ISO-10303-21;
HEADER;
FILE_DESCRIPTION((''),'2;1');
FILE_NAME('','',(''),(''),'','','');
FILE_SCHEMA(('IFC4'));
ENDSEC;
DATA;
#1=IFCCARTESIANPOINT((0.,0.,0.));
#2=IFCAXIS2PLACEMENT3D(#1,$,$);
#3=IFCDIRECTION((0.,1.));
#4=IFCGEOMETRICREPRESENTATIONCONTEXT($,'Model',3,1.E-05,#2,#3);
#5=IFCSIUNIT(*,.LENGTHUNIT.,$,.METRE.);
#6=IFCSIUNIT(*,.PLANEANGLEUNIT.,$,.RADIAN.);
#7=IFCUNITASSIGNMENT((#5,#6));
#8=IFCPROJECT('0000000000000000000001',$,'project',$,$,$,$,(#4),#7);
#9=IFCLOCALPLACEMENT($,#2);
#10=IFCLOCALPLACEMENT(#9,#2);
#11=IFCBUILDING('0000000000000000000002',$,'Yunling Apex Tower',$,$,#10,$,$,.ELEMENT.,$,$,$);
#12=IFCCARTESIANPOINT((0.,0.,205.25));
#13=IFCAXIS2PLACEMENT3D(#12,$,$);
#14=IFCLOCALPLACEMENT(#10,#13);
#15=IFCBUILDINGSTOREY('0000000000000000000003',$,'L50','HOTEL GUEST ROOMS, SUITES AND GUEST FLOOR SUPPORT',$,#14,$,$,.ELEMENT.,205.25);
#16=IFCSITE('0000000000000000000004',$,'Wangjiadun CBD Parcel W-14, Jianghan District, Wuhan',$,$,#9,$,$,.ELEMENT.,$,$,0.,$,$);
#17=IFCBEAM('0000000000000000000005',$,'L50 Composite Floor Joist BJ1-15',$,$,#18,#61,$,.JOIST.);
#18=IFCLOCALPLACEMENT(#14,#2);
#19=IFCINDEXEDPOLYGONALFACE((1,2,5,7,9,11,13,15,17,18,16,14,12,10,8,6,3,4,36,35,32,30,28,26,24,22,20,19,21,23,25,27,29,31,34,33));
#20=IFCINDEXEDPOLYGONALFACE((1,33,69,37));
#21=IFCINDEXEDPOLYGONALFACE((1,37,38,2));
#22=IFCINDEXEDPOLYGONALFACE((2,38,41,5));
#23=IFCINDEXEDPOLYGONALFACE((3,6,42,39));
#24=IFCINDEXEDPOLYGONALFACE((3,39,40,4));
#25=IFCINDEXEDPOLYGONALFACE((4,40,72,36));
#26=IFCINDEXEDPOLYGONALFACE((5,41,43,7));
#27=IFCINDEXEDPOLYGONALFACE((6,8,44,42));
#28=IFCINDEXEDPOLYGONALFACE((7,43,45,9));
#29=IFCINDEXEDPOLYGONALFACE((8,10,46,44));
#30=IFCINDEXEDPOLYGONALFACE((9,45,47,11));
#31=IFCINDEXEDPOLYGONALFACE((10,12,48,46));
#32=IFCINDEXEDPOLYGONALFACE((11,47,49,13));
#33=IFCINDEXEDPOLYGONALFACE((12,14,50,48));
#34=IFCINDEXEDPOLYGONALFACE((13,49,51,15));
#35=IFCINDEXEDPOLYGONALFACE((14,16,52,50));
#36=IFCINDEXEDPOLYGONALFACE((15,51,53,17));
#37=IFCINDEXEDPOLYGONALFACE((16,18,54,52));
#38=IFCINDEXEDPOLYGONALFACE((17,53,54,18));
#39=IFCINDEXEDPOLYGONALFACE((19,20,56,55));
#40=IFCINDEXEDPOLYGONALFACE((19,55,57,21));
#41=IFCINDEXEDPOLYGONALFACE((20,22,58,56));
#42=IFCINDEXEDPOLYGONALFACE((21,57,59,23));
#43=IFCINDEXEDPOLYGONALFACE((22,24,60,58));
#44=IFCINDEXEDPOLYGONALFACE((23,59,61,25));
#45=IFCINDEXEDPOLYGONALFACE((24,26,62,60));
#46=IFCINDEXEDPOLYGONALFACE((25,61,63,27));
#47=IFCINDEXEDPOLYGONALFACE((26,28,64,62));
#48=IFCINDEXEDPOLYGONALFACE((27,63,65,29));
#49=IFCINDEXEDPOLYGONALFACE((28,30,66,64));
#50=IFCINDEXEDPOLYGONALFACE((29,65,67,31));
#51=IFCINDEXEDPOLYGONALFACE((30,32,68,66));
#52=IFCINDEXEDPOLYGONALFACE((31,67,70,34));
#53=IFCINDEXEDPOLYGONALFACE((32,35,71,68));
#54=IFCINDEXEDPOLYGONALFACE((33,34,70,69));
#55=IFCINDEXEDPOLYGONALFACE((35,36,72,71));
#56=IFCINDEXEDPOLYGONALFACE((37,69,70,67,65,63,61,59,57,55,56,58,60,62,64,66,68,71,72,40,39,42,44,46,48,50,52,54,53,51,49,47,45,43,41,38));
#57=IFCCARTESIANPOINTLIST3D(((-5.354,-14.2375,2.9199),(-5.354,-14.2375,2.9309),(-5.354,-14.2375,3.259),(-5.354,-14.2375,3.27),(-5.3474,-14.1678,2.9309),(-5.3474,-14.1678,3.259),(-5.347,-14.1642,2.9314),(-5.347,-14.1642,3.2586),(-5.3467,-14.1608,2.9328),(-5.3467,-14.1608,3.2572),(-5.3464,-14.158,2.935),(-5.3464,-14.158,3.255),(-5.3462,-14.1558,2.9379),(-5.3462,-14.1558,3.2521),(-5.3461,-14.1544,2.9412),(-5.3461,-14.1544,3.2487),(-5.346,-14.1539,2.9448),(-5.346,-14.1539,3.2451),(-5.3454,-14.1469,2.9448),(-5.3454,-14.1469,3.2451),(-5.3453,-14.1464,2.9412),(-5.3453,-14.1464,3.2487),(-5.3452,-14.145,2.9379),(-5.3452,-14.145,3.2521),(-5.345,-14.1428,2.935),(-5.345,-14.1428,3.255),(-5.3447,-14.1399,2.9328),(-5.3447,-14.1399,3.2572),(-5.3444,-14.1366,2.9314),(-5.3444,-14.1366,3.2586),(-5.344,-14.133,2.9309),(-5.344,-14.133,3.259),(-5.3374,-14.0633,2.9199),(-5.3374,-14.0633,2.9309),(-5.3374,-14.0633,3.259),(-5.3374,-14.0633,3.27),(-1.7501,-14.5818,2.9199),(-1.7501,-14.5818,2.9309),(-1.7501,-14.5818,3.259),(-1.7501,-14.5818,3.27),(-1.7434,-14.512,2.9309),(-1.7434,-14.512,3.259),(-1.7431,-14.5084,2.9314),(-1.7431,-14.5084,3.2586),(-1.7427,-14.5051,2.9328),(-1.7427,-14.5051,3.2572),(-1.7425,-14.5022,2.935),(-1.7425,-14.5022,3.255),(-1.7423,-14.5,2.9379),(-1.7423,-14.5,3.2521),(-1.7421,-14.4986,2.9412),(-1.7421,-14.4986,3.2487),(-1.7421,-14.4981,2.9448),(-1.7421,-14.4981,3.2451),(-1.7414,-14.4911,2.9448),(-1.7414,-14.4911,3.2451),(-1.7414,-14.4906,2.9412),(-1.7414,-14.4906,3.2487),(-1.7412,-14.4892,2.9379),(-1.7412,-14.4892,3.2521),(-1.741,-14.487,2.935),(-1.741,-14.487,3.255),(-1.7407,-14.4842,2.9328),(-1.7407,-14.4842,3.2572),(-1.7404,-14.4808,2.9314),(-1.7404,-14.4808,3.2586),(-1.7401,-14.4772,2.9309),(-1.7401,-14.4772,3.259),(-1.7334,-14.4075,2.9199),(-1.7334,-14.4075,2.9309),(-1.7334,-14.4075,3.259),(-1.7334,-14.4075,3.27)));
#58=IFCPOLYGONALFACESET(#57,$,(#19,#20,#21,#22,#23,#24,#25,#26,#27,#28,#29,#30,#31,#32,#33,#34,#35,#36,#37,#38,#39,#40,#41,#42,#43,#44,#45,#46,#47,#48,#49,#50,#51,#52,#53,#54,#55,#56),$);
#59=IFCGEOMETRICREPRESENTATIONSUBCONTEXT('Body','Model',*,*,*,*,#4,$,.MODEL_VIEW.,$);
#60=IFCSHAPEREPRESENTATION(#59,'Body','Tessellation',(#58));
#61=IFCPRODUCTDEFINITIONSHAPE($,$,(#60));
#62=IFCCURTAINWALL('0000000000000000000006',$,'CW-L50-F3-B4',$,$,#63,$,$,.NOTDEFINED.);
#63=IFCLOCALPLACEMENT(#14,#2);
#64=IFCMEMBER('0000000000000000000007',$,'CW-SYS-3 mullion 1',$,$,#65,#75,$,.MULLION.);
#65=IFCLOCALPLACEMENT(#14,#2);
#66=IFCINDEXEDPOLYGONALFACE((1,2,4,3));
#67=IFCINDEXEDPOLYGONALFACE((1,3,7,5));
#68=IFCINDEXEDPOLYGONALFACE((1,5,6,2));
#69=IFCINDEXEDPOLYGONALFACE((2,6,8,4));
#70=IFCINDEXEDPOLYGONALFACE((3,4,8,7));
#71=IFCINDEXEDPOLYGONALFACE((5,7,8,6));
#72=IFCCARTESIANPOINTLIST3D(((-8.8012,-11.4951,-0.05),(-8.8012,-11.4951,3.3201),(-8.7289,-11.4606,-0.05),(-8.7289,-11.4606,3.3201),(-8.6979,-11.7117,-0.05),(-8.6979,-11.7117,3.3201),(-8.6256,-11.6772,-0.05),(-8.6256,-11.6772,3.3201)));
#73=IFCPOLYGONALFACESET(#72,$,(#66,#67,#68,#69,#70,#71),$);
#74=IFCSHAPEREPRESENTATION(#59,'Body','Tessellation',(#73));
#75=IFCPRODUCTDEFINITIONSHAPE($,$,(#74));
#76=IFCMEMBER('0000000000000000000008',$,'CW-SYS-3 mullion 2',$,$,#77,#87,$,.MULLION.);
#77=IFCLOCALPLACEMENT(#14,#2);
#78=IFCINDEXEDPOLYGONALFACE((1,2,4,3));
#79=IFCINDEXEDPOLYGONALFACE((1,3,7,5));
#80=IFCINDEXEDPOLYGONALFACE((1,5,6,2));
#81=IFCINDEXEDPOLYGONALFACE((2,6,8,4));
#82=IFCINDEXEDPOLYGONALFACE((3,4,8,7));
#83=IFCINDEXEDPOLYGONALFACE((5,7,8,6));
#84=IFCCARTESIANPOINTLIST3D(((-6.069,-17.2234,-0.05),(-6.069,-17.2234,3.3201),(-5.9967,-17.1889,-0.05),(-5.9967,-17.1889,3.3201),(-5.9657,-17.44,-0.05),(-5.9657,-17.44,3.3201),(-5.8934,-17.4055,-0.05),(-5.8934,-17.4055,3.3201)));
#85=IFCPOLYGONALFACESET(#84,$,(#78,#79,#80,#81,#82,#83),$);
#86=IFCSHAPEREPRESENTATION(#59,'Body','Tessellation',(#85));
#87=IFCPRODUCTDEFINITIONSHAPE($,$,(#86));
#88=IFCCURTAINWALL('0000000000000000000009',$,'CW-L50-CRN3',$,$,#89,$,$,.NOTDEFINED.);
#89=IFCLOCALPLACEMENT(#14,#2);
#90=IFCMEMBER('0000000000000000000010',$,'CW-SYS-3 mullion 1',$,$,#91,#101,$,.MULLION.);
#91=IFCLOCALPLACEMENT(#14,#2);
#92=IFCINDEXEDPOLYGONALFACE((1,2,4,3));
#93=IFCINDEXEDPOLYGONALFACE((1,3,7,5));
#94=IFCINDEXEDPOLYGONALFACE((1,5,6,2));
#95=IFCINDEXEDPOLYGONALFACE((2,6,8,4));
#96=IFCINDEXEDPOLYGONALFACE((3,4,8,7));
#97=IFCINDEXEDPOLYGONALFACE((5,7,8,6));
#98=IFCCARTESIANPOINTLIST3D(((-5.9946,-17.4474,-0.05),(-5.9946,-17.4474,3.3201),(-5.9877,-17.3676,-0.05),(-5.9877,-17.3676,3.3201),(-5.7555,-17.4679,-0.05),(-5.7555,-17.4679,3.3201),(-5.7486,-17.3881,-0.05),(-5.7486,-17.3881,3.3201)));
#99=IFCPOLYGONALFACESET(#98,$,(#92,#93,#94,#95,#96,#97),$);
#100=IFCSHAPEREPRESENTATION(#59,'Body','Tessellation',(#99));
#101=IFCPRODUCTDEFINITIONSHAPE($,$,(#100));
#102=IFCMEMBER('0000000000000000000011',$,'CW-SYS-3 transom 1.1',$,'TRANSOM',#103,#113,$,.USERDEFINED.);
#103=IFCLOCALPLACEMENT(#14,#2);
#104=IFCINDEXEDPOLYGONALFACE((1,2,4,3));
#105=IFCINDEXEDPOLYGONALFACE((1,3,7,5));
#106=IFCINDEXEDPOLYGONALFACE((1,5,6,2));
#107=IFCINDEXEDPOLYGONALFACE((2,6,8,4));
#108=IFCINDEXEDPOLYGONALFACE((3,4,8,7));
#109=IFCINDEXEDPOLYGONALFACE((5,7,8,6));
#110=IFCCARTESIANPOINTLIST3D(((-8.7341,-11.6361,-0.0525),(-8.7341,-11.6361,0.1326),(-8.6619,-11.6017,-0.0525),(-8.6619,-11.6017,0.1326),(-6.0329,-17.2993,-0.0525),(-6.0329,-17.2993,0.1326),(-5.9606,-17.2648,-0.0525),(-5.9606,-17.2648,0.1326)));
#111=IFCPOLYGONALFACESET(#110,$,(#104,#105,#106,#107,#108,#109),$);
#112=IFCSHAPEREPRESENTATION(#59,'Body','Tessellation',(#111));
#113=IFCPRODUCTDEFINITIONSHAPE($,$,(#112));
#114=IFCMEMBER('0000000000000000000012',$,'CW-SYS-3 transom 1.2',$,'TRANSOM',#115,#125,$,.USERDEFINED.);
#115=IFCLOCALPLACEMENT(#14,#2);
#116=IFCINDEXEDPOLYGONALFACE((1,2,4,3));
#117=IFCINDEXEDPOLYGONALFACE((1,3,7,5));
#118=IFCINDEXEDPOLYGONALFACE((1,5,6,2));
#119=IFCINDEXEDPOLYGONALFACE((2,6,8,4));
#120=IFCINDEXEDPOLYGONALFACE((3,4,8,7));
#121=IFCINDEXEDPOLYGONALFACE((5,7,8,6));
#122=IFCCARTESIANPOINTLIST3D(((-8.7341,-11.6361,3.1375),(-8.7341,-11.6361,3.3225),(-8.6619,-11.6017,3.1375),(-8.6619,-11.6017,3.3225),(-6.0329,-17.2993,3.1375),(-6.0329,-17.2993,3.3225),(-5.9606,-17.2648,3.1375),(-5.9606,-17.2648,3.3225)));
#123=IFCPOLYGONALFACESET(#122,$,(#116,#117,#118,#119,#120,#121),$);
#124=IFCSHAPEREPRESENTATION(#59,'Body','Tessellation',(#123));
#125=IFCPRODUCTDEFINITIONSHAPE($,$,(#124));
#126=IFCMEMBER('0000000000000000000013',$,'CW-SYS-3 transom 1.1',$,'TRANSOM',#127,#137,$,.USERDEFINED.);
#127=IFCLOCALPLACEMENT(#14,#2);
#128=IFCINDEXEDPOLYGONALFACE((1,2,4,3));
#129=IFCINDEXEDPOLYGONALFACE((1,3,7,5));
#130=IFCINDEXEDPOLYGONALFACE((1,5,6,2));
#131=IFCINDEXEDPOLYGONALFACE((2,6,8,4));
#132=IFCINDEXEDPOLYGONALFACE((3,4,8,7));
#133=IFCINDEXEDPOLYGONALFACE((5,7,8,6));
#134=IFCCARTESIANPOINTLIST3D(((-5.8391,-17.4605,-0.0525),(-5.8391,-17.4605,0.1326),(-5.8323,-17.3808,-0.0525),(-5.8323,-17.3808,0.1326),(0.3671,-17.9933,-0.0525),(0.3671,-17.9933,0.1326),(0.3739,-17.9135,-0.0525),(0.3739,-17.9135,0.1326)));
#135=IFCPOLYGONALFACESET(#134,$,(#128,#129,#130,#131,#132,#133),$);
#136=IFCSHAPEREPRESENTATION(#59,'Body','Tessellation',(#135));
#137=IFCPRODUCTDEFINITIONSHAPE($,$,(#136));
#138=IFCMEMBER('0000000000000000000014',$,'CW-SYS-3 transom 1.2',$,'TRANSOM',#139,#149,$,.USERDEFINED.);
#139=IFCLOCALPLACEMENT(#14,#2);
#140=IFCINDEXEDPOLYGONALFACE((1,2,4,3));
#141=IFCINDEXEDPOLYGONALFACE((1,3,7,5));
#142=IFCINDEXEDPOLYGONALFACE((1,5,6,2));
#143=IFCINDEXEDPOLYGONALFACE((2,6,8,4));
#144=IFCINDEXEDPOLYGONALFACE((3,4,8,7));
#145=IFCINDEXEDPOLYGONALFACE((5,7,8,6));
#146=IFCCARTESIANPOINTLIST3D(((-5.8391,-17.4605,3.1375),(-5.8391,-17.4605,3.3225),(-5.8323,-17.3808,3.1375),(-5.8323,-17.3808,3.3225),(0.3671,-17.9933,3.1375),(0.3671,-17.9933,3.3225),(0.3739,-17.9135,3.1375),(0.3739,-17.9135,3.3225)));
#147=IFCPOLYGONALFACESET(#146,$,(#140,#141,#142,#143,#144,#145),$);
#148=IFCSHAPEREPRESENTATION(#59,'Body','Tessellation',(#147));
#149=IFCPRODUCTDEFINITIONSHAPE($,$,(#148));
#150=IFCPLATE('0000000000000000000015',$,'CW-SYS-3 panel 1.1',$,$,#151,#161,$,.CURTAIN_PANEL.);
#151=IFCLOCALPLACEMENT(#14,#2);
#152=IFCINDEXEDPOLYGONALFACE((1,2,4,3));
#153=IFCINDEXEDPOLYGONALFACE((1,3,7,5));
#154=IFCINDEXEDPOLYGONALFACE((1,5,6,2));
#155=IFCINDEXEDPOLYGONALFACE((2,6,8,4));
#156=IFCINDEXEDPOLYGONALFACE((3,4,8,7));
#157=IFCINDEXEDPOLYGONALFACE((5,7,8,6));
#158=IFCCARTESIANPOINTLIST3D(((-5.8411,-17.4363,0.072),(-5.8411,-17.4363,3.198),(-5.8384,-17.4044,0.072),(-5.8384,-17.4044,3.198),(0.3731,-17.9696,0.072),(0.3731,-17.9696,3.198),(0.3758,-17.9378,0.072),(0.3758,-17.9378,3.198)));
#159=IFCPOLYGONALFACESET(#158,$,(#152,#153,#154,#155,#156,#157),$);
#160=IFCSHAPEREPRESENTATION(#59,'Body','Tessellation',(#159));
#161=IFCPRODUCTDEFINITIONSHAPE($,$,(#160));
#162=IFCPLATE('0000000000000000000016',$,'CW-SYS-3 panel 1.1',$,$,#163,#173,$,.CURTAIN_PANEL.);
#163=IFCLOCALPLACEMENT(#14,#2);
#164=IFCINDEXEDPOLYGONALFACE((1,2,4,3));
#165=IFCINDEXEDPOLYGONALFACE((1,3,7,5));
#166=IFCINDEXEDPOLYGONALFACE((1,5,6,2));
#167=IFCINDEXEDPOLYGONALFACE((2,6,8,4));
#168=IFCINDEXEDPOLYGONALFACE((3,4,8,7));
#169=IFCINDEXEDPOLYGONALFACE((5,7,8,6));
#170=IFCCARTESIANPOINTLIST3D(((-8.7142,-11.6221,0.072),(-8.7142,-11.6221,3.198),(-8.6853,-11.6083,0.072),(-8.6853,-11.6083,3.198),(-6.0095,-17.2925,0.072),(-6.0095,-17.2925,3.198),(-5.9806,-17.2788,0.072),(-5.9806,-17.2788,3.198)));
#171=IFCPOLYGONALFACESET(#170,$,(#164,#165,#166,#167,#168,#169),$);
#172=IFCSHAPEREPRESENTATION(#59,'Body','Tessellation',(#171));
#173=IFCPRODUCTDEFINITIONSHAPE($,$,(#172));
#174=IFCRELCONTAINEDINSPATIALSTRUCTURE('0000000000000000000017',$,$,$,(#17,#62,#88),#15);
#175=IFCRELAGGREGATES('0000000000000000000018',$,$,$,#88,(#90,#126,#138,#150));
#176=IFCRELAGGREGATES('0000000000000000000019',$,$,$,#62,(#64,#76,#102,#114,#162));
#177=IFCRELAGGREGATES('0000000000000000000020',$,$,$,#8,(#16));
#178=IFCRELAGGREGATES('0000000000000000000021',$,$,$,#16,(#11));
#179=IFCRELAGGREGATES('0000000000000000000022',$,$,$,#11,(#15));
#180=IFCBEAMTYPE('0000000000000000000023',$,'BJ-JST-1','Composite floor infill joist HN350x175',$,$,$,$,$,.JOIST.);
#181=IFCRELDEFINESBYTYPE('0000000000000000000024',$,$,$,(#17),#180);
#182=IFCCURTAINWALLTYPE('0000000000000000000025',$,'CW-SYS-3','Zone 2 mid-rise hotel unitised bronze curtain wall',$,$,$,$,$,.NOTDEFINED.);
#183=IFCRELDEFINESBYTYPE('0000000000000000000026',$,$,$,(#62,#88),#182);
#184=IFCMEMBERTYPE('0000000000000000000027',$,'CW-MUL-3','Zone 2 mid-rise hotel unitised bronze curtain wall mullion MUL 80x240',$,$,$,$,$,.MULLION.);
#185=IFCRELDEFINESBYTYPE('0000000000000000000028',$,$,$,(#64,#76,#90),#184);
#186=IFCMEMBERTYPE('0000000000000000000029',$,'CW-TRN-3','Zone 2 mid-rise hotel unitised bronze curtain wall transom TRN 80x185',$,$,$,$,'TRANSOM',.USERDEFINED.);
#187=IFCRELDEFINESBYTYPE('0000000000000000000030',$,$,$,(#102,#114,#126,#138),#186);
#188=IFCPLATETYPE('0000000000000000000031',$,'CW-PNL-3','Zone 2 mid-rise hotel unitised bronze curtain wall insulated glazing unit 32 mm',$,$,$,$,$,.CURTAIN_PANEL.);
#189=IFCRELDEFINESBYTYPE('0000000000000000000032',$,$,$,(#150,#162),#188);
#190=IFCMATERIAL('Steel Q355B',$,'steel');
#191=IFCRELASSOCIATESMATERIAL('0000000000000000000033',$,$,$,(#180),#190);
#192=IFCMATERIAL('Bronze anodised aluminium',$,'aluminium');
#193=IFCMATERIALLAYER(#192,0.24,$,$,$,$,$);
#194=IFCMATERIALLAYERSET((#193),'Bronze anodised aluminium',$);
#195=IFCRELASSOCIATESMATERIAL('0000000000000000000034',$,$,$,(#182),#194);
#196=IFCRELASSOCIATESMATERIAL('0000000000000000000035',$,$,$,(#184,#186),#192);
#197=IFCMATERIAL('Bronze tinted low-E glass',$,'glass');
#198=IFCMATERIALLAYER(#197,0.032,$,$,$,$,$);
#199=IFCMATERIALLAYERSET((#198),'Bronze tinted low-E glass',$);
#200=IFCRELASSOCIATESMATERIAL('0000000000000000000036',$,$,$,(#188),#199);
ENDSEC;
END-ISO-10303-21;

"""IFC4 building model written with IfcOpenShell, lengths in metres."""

from ifc_helpers import new_model, si_unit, direction, frame, origin, origin_2d, place, context, subcontext, project, spatial, rectangle, i_section, extrude, source, transform, mapped, material, layer, layer_set, material_profile, profile_set, type_object, element, aggregate, save


model = new_model("IFC4")

# Units and contexts
model_context = context("Model", 3, precision=1e-05, world=origin(), true_north=direction((0.0, 1.0)))
body_context = subcontext(model_context, "Body", "Model", "MODEL_VIEW")
ifc_project = project(units=[si_unit("LENGTHUNIT", "METRE"), si_unit("PLANEANGLEUNIT", "RADIAN")], contexts=[model_context])

# Site, building, storey
site_placement = place(None, origin())
site = spatial("IfcSite", under=ifc_project, at=site_placement, Name="Wangjiadun CBD Parcel W-14, Jianghan District, Wuhan", CompositionType="ELEMENT", RefElevation=0.0)
building_placement = place(site_placement, origin())
building = spatial("IfcBuilding", under=site, at=building_placement, Name="Yunling Apex Tower", CompositionType="ELEMENT")
storey_placement = place(building_placement, frame((0.0, 0.0, 205.25)))
storey = spatial("IfcBuildingStorey", under=building, at=storey_placement, Name="L50", Description="HOTEL GUEST ROOMS, SUITES AND GUEST FLOOR SUPPORT", CompositionType="ELEMENT", Elevation=205.25)

# Beam
ifc_material_1 = material(Name="Steel Q355B", Category="steel")
ifc_material_profile_1 = material_profile(ifc_material_1, i_section(OverallWidth=0.175, OverallDepth=0.3501, WebThickness=0.0071, FlangeThickness=0.011, FilletRadius=0.0139, at=origin_2d()))
ifc_profile_set_1 = profile_set([ifc_material_profile_1], Name="Steel Q355B")
beam_type_1 = type_object("IfcBeamType", Name="BJ-JST-1", Description="Composite floor infill joist HN350x175", PredefinedType="JOIST", material=ifc_profile_set_1)
shared_shape_1 = source(origin(), body_context, "Body", "SweptSolid", [
    extrude(i_section(OverallWidth=0.175, OverallDepth=0.3501, WebThickness=0.0071, FlangeThickness=0.011, FilletRadius=0.0139, at=origin_2d()), origin(), (0.0, 0.0, 1.0), 3.6204),
])
beam_1_placement = place(storey_placement, frame((-5.3457, -14.1504, 3.095), z_axis=(0.995469, -0.095083, 0.0), x_axis=(0.095083, 0.995469, 0.0)))
element("IfcBeam", 1, at=beam_1_placement, inside=storey, type_object=beam_type_1, Name="L50 Composite Floor Joist BJ1-15", PredefinedType="JOIST", context=body_context, shape_type="MappedRepresentation", body=[
    mapped(shared_shape_1, transform((0.0, 0.0, 0.0), scale=1.0)),
])

# Curtain wall, members
ifc_material_2 = material(Name="Bronze anodised aluminium", Category="aluminium")
ifc_layer_1 = layer(ifc_material_2, 0.24)
ifc_layer_set_1 = layer_set([ifc_layer_1], Name="Bronze anodised aluminium")
curtain_wall_type = type_object("IfcCurtainWallType", Name="CW-SYS-3", Description="Zone 2 mid-rise hotel unitised bronze curtain wall", PredefinedType="NOTDEFINED", material=ifc_layer_set_1)
curtain_wall_1_placement = place(storey_placement, origin())
curtain_wall_1 = element("IfcCurtainWall", 2, at=curtain_wall_1_placement, inside=storey, type_object=curtain_wall_type, Name="CW-L50-F3-B4", PredefinedType="NOTDEFINED")
ifc_material_profile_2 = material_profile(ifc_material_2, rectangle(XDim=0.0801, YDim=0.24, at=origin_2d()))
ifc_profile_set_2 = profile_set([ifc_material_profile_2], Name="Bronze anodised aluminium")
member_type_1 = type_object("IfcMemberType", Name="CW-MUL-3", Description="Zone 2 mid-rise hotel unitised bronze curtain wall mullion MUL 80x240", PredefinedType="MULLION", material=ifc_profile_set_2)
shared_shape_2 = source(origin(), body_context, "Body", "SweptSolid", [
    extrude(rectangle(XDim=0.0801, YDim=0.24, at=origin_2d()), origin(), (0.0, 0.0, 1.0), 3.3701),
])
member_1_placement = place(storey_placement, frame((-8.7134, -11.5862, -0.05), z_axis=(0.0, 0.0, 1.0), x_axis=(0.902582, 0.430518, 0.0)))
member_1 = element("IfcMember", 3, at=member_1_placement, type_object=member_type_1, Name="CW-SYS-3 mullion 1", PredefinedType="MULLION", context=body_context, shape_type="MappedRepresentation", body=[
    mapped(shared_shape_2, transform((0.0, 0.0, 0.0), scale=1.0)),
])
member_2_placement = place(storey_placement, frame((-5.9812, -17.3145, -0.05), z_axis=(0.0, 0.0, 1.0), x_axis=(0.902582, 0.430518, 0.0)))
member_2 = element("IfcMember", 4, at=member_2_placement, type_object=member_type_1, Name="CW-SYS-3 mullion 2", PredefinedType="MULLION", context=body_context, shape_type="MappedRepresentation", body=[
    mapped(shared_shape_2, transform((0.0, 0.0, 0.0), scale=1.0)),
])

# Curtain wall, member
curtain_wall_2_placement = place(storey_placement, origin())
curtain_wall_2 = element("IfcCurtainWall", 5, at=curtain_wall_2_placement, inside=storey, type_object=curtain_wall_type, Name="CW-L50-CRN3", PredefinedType="NOTDEFINED")
member_3_placement = place(storey_placement, frame((-5.8716, -17.4177, -0.05), z_axis=(0.0, 0.0, 1.0), x_axis=(0.085517, 0.996337, 0.0)))
member_3 = element("IfcMember", 6, at=member_3_placement, type_object=member_type_1, Name="CW-SYS-3 mullion 1", PredefinedType="MULLION", context=body_context, shape_type="MappedRepresentation", body=[
    mapped(shared_shape_2, transform((0.0, 0.0, 0.0), scale=1.0)),
])

# Members
ifc_material_profile_3 = material_profile(ifc_material_2, rectangle(XDim=0.0801, YDim=0.1851, at=origin_2d()))
ifc_profile_set_3 = profile_set([ifc_material_profile_3], Name="Bronze anodised aluminium")
member_type_2 = type_object("IfcMemberType", Name="CW-TRN-3", Description="Zone 2 mid-rise hotel unitised bronze curtain wall transom TRN 80x185", ElementType="TRANSOM", PredefinedType="USERDEFINED", material=ifc_profile_set_3)
shared_shape_3 = source(origin(), body_context, "Body", "SweptSolid", [
    extrude(rectangle(XDim=0.0801, YDim=0.1851, at=origin_2d()), origin(), (0.0, 0.0, 1.0), 6.2744),
])
member_4_placement = place(storey_placement, frame((-8.698, -11.6189, 0.04), z_axis=(0.430513, -0.902584, 0.0), x_axis=(0.902584, 0.430513, 0.0)))
member_4 = element("IfcMember", 7, at=member_4_placement, type_object=member_type_2, Name="CW-SYS-3 transom 1.1", ObjectType="TRANSOM", PredefinedType="USERDEFINED", context=body_context, shape_type="MappedRepresentation", body=[
    mapped(shared_shape_3, transform((0.0, 0.0, 0.0), scale=1.0)),
])
member_5_placement = place(storey_placement, frame((-8.698, -11.6189, 3.23), z_axis=(0.430513, -0.902584, 0.0), x_axis=(0.902584, 0.430513, 0.0)))
member_5 = element("IfcMember", 8, at=member_5_placement, type_object=member_type_2, Name="CW-SYS-3 transom 1.2", ObjectType="TRANSOM", PredefinedType="USERDEFINED", context=body_context, shape_type="MappedRepresentation", body=[
    mapped(shared_shape_3, transform((0.0, 0.0, 0.0), scale=1.0)),
])
shared_shape_4 = source(origin(), body_context, "Body", "SweptSolid", [
    extrude(rectangle(XDim=0.0801, YDim=0.1851, at=origin_2d()), origin(), (0.0, 0.0, 1.0), 6.229),
])
member_6_placement = place(storey_placement, frame((-5.8357, -17.4207, 0.04), z_axis=(0.996336, -0.08552, 0.0), x_axis=(0.08552, 0.996336, 0.0)))
member_6 = element("IfcMember", 9, at=member_6_placement, type_object=member_type_2, Name="CW-SYS-3 transom 1.1", ObjectType="TRANSOM", PredefinedType="USERDEFINED", context=body_context, shape_type="MappedRepresentation", body=[
    mapped(shared_shape_4, transform((0.0, 0.0, 0.0), scale=1.0)),
])
member_7_placement = place(storey_placement, frame((-5.8357, -17.4207, 3.23), z_axis=(0.996336, -0.08552, 0.0), x_axis=(0.08552, 0.996336, 0.0)))
member_7 = element("IfcMember", 10, at=member_7_placement, type_object=member_type_2, Name="CW-SYS-3 transom 1.2", ObjectType="TRANSOM", PredefinedType="USERDEFINED", context=body_context, shape_type="MappedRepresentation", body=[
    mapped(shared_shape_4, transform((0.0, 0.0, 0.0), scale=1.0)),
])

# Plates
ifc_material_3 = material(Name="Bronze tinted low-E glass", Category="glass")
ifc_layer_2 = layer(ifc_material_3, 0.032)
ifc_layer_set_2 = layer_set([ifc_layer_2], Name="Bronze tinted low-E glass")
plate_type = type_object("IfcPlateType", Name="CW-PNL-3", Description="Zone 2 mid-rise hotel unitised bronze curtain wall insulated glazing unit 32 mm", PredefinedType="CURTAIN_PANEL", material=ifc_layer_set_2)
shared_shape_5 = source(origin(), body_context, "Body", "SweptSolid", [
    extrude(rectangle(XDim=6.2371, YDim=0.032, at=origin_2d()), origin(), (0.0, 0.0, 1.0), 3.126),
])
plate_1_placement = place(storey_placement, frame((-2.7327, -17.687, 0.072), z_axis=(0.0, 0.0, 1.0), x_axis=(0.996337, -0.085517, 0.0)))
plate_1 = element("IfcPlate", 11, at=plate_1_placement, type_object=plate_type, Name="CW-SYS-3 panel 1.1", PredefinedType="CURTAIN_PANEL", context=body_context, shape_type="MappedRepresentation", body=[
    mapped(shared_shape_5, transform((0.0, 0.0, 0.0), scale=1.0)),
])
aggregate(curtain_wall_2, [member_3, member_6, member_7, plate_1])
shared_shape_6 = source(origin(), body_context, "Body", "SweptSolid", [
    extrude(rectangle(XDim=6.2825, YDim=0.032, at=origin_2d()), origin(), (0.0, 0.0, 1.0), 3.126),
])
plate_2_placement = place(storey_placement, frame((-7.3474, -14.4504, 0.072), z_axis=(0.0, 0.0, 1.0), x_axis=(0.430518, -0.902582, 0.0)))
plate_2 = element("IfcPlate", 12, at=plate_2_placement, type_object=plate_type, Name="CW-SYS-3 panel 1.1", PredefinedType="CURTAIN_PANEL", context=body_context, shape_type="MappedRepresentation", body=[
    mapped(shared_shape_6, transform((0.0, 0.0, 0.0), scale=1.0)),
])
aggregate(curtain_wall_1, [member_1, member_2, member_4, member_5, plate_2])

save(model, "model.ifc")
